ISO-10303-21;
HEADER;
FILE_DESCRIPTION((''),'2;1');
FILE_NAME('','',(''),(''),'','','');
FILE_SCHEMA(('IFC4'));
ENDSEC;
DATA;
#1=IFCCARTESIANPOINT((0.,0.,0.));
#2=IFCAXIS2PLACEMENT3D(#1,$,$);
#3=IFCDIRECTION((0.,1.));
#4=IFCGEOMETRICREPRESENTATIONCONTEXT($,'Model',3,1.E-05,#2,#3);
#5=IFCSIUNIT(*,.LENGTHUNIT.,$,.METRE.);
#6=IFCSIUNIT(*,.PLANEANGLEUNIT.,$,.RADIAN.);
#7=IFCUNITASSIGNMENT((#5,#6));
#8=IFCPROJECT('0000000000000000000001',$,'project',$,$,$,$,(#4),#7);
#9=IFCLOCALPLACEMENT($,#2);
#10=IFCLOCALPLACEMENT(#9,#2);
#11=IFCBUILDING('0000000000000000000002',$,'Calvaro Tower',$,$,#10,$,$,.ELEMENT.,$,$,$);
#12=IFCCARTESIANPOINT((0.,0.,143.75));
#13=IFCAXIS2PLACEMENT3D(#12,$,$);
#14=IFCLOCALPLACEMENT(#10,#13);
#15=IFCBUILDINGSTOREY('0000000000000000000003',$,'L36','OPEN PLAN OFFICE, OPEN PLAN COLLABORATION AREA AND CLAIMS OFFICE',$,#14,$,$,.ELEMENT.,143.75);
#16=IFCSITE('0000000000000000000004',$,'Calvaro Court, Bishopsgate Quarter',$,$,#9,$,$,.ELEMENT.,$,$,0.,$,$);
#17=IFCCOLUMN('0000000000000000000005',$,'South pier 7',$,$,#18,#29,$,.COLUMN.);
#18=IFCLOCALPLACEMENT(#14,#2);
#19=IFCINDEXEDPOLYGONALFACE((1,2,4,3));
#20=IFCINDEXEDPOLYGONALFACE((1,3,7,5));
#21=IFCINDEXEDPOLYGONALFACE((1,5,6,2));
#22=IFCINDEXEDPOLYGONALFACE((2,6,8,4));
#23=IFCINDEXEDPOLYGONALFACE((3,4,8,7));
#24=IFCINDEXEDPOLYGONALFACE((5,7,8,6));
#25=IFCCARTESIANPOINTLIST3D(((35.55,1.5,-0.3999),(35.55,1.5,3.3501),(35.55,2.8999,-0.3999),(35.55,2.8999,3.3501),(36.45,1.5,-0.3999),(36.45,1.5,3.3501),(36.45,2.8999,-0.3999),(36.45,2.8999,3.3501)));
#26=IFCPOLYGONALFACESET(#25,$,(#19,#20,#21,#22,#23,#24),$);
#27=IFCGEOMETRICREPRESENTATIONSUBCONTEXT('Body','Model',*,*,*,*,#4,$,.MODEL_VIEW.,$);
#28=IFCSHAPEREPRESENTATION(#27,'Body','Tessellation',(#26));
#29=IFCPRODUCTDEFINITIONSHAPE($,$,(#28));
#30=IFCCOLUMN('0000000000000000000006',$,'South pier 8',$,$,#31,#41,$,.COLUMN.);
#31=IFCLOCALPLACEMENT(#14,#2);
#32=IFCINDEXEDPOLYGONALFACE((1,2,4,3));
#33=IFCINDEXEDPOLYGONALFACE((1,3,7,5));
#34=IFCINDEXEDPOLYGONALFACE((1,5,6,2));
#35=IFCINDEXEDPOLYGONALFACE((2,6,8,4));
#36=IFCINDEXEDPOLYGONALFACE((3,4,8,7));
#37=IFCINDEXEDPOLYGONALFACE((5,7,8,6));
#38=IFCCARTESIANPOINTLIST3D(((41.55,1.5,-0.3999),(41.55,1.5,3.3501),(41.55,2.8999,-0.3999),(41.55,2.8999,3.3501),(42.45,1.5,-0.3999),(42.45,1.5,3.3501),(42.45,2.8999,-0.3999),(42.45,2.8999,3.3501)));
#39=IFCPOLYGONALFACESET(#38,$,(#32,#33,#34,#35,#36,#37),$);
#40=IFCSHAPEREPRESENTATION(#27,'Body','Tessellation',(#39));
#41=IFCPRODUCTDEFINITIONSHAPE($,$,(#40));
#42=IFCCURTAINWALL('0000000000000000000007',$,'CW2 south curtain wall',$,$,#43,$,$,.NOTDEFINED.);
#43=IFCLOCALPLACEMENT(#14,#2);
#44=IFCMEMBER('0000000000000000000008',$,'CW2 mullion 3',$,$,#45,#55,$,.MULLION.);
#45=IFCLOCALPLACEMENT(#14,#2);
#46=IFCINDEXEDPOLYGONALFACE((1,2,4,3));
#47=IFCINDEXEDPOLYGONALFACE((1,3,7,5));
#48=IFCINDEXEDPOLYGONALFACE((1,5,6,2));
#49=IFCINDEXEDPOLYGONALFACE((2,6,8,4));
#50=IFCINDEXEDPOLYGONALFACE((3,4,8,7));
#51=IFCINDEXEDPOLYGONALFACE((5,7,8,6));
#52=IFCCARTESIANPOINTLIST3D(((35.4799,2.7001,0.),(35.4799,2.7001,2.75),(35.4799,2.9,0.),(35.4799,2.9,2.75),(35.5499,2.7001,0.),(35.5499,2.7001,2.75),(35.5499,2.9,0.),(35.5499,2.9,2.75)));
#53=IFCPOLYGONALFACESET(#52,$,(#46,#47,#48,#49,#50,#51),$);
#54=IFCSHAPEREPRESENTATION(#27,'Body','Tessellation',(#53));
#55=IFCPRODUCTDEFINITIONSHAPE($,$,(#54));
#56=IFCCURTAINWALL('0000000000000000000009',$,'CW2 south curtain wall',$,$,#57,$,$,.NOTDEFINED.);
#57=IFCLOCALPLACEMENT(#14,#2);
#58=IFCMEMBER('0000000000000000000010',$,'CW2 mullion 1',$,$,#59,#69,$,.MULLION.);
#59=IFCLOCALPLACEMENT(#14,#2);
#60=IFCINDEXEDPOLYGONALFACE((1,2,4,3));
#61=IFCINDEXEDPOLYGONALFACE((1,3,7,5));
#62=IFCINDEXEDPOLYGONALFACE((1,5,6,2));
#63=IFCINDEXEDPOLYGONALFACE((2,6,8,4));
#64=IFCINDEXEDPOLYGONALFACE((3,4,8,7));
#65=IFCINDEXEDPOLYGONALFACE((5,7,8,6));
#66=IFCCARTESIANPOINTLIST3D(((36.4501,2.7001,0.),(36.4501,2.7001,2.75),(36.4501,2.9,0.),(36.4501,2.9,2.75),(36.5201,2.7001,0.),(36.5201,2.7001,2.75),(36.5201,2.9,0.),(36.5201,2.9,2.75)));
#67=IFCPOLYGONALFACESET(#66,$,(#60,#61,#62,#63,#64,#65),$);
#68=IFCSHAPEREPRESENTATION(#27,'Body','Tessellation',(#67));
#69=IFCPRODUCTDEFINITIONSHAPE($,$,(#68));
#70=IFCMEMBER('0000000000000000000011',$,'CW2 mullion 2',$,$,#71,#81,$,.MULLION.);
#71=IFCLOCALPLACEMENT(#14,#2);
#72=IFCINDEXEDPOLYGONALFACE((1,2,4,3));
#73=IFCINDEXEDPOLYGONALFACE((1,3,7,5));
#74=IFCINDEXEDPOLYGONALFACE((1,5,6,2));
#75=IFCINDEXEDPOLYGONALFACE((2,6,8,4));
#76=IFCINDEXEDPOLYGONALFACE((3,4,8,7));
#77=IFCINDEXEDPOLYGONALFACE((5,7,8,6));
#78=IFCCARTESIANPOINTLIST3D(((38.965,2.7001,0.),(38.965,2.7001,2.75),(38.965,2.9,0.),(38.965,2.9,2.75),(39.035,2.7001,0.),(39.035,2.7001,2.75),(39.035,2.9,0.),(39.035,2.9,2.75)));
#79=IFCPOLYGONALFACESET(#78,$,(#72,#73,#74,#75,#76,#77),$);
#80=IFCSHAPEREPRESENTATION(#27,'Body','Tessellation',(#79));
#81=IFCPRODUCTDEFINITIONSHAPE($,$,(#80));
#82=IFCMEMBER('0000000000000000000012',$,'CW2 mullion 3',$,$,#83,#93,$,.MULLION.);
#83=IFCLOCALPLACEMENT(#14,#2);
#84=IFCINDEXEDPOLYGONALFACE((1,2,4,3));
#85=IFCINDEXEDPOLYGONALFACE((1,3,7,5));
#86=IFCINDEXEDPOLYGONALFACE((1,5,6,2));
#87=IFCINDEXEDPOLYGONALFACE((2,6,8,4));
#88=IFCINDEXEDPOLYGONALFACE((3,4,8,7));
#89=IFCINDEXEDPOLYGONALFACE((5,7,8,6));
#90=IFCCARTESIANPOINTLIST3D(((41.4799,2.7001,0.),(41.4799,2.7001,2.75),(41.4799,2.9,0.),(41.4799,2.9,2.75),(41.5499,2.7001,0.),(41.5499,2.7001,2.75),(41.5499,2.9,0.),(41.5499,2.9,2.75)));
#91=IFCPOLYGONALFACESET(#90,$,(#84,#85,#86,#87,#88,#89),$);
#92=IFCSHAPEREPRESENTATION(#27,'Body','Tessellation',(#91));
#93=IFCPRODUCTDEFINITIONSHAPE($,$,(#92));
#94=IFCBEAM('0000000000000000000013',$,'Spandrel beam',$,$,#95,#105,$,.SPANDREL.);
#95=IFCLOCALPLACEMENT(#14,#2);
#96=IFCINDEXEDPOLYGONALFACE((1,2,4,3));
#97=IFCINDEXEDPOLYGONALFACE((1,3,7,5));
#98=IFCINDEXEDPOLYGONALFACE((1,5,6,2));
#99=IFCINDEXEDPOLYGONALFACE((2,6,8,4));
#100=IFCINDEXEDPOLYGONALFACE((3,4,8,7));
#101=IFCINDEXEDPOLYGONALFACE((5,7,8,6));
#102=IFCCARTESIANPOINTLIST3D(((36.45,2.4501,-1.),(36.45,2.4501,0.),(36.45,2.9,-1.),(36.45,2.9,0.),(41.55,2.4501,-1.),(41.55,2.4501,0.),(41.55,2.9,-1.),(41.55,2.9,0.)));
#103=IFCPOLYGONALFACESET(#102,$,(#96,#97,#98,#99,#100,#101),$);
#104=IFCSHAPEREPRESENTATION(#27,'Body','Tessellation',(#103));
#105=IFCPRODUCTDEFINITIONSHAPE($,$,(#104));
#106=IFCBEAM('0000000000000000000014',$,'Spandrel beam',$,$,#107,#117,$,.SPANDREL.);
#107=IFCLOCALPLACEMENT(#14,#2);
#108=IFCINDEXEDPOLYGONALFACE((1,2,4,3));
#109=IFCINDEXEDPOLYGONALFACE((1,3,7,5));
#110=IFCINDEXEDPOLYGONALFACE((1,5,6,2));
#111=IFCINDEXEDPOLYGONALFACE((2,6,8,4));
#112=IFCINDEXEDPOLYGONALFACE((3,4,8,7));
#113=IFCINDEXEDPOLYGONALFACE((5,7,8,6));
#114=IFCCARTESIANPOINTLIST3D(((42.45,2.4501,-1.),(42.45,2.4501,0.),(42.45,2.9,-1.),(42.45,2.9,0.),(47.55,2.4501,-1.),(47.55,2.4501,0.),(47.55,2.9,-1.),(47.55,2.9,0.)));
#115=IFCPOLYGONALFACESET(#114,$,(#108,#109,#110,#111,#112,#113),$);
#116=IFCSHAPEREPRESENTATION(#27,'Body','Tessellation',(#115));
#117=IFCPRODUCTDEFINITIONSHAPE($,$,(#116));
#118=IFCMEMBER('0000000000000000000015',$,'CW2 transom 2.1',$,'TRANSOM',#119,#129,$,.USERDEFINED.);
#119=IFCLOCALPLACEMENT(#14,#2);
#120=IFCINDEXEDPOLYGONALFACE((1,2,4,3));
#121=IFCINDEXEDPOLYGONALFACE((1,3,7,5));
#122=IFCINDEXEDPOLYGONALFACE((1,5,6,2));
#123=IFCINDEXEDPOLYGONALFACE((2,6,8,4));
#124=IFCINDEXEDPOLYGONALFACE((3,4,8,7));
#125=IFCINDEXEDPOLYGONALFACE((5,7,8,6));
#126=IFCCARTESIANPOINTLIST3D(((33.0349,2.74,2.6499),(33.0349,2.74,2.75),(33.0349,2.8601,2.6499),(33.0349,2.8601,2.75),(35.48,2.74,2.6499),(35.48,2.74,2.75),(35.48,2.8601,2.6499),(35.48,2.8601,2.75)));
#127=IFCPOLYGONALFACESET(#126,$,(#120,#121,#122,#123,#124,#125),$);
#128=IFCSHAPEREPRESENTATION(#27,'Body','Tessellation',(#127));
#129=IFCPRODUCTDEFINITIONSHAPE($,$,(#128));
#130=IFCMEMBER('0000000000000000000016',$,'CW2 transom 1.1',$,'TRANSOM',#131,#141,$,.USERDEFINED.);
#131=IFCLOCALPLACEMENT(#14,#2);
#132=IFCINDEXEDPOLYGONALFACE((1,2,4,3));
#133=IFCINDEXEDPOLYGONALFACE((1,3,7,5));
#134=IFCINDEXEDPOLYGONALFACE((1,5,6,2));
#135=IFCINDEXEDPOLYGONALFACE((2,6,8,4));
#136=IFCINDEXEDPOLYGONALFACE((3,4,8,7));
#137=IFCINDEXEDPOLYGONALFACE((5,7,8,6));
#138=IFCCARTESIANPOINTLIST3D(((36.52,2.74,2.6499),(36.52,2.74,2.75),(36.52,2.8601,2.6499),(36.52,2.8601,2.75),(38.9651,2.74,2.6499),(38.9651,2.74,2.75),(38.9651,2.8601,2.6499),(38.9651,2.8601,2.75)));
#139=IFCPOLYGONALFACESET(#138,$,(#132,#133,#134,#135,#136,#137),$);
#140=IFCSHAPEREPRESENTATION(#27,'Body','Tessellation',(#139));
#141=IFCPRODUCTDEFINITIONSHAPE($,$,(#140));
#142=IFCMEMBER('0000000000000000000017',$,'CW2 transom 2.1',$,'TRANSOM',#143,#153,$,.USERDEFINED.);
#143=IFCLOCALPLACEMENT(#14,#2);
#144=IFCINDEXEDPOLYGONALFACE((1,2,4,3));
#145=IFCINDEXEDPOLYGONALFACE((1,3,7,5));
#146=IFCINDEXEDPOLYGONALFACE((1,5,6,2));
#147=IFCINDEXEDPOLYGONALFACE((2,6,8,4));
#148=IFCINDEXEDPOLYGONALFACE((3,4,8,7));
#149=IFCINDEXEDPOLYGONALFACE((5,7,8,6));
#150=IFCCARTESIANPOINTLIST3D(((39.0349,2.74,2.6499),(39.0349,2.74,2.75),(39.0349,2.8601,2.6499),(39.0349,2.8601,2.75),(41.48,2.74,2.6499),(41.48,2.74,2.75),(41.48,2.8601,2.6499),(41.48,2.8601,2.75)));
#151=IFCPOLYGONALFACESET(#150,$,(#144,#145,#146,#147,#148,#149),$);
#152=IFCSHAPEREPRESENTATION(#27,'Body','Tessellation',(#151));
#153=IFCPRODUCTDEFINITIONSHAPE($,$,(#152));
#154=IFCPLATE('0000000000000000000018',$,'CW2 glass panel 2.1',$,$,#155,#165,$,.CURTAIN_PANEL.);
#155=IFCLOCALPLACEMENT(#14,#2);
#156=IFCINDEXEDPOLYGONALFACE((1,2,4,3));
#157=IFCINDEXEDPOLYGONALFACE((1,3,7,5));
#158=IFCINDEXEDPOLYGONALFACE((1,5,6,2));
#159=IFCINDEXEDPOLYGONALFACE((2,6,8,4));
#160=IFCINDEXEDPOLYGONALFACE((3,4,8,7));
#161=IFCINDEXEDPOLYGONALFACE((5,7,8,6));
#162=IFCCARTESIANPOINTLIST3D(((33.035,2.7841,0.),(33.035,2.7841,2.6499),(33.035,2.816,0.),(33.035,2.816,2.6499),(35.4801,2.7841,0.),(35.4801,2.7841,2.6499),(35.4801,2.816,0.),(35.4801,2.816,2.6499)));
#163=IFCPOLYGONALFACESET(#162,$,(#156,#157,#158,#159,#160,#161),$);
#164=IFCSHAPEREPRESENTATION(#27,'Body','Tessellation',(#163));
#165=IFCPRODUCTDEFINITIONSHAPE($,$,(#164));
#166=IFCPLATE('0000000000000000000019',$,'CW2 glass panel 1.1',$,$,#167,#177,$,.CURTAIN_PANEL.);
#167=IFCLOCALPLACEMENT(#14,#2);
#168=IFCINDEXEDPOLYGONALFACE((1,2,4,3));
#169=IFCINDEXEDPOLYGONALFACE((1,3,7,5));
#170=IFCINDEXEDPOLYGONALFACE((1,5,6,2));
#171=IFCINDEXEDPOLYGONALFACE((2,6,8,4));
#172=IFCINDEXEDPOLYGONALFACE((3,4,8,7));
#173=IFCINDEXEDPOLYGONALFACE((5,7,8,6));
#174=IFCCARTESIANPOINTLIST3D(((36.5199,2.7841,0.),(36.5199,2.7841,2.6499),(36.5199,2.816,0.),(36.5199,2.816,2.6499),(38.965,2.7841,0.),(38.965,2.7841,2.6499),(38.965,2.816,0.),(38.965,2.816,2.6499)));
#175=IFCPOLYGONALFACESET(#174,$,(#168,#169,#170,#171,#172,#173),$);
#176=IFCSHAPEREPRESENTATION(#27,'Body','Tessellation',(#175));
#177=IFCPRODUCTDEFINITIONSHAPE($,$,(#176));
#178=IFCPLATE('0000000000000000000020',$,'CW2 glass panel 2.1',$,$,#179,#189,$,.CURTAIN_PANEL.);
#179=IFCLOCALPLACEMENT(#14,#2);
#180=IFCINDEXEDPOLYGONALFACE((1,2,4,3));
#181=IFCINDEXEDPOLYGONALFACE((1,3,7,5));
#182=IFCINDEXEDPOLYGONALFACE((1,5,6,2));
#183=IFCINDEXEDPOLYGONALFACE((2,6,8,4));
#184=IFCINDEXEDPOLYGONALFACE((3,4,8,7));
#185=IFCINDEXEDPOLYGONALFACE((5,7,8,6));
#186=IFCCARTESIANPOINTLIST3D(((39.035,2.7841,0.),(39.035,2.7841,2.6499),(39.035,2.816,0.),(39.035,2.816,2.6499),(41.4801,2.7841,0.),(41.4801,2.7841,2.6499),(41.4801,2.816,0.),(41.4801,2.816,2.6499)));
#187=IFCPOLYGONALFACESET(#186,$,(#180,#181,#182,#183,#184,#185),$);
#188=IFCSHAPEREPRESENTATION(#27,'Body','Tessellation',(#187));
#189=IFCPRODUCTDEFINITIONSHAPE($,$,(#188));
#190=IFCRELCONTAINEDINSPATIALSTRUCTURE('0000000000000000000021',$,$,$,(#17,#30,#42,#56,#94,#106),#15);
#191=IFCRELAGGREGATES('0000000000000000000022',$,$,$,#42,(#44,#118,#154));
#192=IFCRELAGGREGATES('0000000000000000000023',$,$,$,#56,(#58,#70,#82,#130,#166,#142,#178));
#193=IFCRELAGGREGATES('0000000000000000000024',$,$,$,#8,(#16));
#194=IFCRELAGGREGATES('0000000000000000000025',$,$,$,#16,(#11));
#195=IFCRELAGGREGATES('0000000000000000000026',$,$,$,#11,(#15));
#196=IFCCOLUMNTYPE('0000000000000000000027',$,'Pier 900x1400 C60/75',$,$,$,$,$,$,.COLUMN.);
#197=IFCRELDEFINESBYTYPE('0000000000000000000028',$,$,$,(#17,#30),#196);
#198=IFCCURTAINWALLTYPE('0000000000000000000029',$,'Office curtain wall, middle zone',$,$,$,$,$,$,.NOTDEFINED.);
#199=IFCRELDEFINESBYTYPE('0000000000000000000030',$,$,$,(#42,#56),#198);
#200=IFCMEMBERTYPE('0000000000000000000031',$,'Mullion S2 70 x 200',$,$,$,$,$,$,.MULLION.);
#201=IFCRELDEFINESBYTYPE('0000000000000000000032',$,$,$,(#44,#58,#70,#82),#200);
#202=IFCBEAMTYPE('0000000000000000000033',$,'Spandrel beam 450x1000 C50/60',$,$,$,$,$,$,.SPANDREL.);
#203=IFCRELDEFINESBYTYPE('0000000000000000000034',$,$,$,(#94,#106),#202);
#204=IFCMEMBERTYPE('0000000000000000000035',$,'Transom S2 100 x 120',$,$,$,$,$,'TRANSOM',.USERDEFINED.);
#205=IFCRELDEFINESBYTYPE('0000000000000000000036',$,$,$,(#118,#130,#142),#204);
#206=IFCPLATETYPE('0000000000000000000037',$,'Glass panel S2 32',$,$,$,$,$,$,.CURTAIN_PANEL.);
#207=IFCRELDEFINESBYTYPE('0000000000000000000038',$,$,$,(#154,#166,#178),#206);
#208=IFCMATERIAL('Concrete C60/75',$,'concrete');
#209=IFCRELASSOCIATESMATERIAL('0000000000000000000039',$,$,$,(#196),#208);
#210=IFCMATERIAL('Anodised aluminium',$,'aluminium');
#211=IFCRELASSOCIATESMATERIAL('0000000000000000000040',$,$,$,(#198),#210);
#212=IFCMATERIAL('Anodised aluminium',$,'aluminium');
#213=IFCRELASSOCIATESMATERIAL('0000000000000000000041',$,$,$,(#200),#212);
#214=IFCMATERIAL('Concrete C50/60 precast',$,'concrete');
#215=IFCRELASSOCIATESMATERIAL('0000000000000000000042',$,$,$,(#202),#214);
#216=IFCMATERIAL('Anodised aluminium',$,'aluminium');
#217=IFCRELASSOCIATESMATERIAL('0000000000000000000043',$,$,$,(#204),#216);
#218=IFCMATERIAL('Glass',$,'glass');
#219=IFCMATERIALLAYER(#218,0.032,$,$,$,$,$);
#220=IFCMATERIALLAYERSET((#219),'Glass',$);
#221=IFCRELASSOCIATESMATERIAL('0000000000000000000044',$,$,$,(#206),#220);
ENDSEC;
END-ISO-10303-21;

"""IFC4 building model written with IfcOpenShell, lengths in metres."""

from ifc_helpers import new_model, si_unit, direction, frame, origin, origin_2d, place, context, subcontext, project, spatial, rectangle, extrude, material, layer, layer_set, material_profile, profile_set, type_object, element, aggregate, save


model = new_model("IFC4")

# Units and contexts
model_context = context("Model", 3, precision=1e-05, world=origin(), true_north=direction((0.0, 1.0)))
body_context = subcontext(model_context, "Body", "Model", "MODEL_VIEW")
ifc_project = project(units=[si_unit("LENGTHUNIT", "METRE"), si_unit("PLANEANGLEUNIT", "RADIAN")], contexts=[model_context])

# Site, building, storey
site_placement = place(None, origin())
site = spatial("IfcSite", under=ifc_project, at=site_placement, Name="Calvaro Court, Bishopsgate Quarter", CompositionType="ELEMENT", RefElevation=0.0)
building_placement = place(site_placement, origin())
building = spatial("IfcBuilding", under=site, at=building_placement, Name="Calvaro Tower", CompositionType="ELEMENT")
storey_placement = place(building_placement, frame((0.0, 0.0, 143.75)))
storey = spatial("IfcBuildingStorey", under=building, at=storey_placement, Name="L36", Description="OPEN PLAN OFFICE, OPEN PLAN COLLABORATION AREA AND CLAIMS OFFICE", CompositionType="ELEMENT", Elevation=143.75)

# Columns
ifc_material_1 = material(Name="Concrete C60/75", Category="concrete")
ifc_material_profile_1 = material_profile(ifc_material_1, rectangle(XDim=0.8999, YDim=1.3999, at=origin_2d()), Name="RC 900x1400")
ifc_profile_set_1 = profile_set([ifc_material_profile_1], Name="Concrete C60/75")
column_type = type_object("IfcColumnType", Name="Pier 900x1400 C60/75", PredefinedType="COLUMN", material=ifc_profile_set_1)
for number, where, z_axis, x_axis, name in (
    (1, (36.0, 2.2, -0.3999), (0.0, 0.0, 1.0), (1.0, 0.0, 0.0), "South pier 7"),
    (2, (42.0, 2.2, -0.3999), (0.0, 0.0, 1.0), (1.0, 0.0, 0.0), "South pier 8"),
):
    element("IfcColumn", number, at=place(storey_placement, frame(where, z_axis=z_axis, x_axis=x_axis)), inside=storey, type_object=column_type, Name=name, PredefinedType="COLUMN", context=body_context, shape_type="SweptSolid", body=[
        extrude(rectangle(XDim=0.8999, YDim=1.3999, at=origin_2d()), origin(), (0.0, 0.0, 1.0), 3.75),
    ])

# Curtain wall, member
ifc_material_2 = material(Name="Anodised aluminium", Category="aluminium")
curtain_wall_type = type_object("IfcCurtainWallType", Name="Office curtain wall, middle zone", PredefinedType="NOTDEFINED", material=ifc_material_2)
curtain_wall_1_placement = place(storey_placement, origin())
curtain_wall_1 = element("IfcCurtainWall", 3, at=curtain_wall_1_placement, inside=storey, type_object=curtain_wall_type, Name="CW2 south curtain wall", PredefinedType="NOTDEFINED")
ifc_material_3 = material(Name="Anodised aluminium", Category="aluminium")
ifc_material_profile_2 = material_profile(ifc_material_3, rectangle(XDim=0.2, YDim=0.0701, at=origin_2d()), Name="Mullion S2 70 x 200")
ifc_profile_set_2 = profile_set([ifc_material_profile_2], Name="Anodised aluminium")
member_type_1 = type_object("IfcMemberType", Name="Mullion S2 70 x 200", PredefinedType="MULLION", material=ifc_profile_set_2)
member_1_placement = place(storey_placement, frame((35.5149, 2.8, 0.0), z_axis=(0.0, 0.0, 1.0), x_axis=(0.0, 1.0, 0.0)))
member_1 = element("IfcMember", 4, at=member_1_placement, type_object=member_type_1, Name="CW2 mullion 3", PredefinedType="MULLION", context=body_context, shape_type="SweptSolid", body=[
    extrude(rectangle(XDim=0.2, YDim=0.0701, at=origin_2d()), origin(), (0.0, 0.0, 1.0), 2.75),
])

# Curtain wall, members
curtain_wall_2_placement = place(storey_placement, origin())
curtain_wall_2 = element("IfcCurtainWall", 5, at=curtain_wall_2_placement, inside=storey, type_object=curtain_wall_type, Name="CW2 south curtain wall", PredefinedType="NOTDEFINED")
member_2_placement = place(storey_placement, frame((36.4851, 2.8, 0.0), z_axis=(0.0, 0.0, 1.0), x_axis=(0.0, 1.0, 0.0)))
member_2 = element("IfcMember", 6, at=member_2_placement, type_object=member_type_1, Name="CW2 mullion 1", PredefinedType="MULLION", context=body_context, shape_type="SweptSolid", body=[
    extrude(rectangle(XDim=0.2, YDim=0.0701, at=origin_2d()), origin(), (0.0, 0.0, 1.0), 2.75),
])
member_3_placement = place(storey_placement, frame((39.0, 2.8, 0.0), z_axis=(0.0, 0.0, 1.0), x_axis=(0.0, 1.0, 0.0)))
member_3 = element("IfcMember", 7, at=member_3_placement, type_object=member_type_1, Name="CW2 mullion 2", PredefinedType="MULLION", context=body_context, shape_type="SweptSolid", body=[
    extrude(rectangle(XDim=0.2, YDim=0.0701, at=origin_2d()), origin(), (0.0, 0.0, 1.0), 2.75),
])
member_4_placement = place(storey_placement, frame((41.5149, 2.8, 0.0), z_axis=(0.0, 0.0, 1.0), x_axis=(0.0, 1.0, 0.0)))
member_4 = element("IfcMember", 8, at=member_4_placement, type_object=member_type_1, Name="CW2 mullion 3", PredefinedType="MULLION", context=body_context, shape_type="SweptSolid", body=[
    extrude(rectangle(XDim=0.2, YDim=0.0701, at=origin_2d()), origin(), (0.0, 0.0, 1.0), 2.75),
])

# Beams
ifc_material_4 = material(Name="Concrete C50/60 precast", Category="concrete")
ifc_material_profile_3 = material_profile(ifc_material_4, rectangle(XDim=0.45, YDim=1.0, at=origin_2d()), Name="RC 450x1000")
ifc_profile_set_3 = profile_set([ifc_material_profile_3], Name="Concrete C50/60 precast")
beam_type = type_object("IfcBeamType", Name="Spandrel beam 450x1000 C50/60", PredefinedType="SPANDREL", material=ifc_profile_set_3)
for number, where, z_axis, x_axis, name in (
    (9, (36.45, 2.675, -0.5), (1.0, 0.0, 0.0), (0.0, 1.0, 0.0), "Spandrel beam"),
    (10, (42.45, 2.675, -0.5), (1.0, 0.0, 0.0), (0.0, 1.0, 0.0), "Spandrel beam"),
):
    element("IfcBeam", number, at=place(storey_placement, frame(where, z_axis=z_axis, x_axis=x_axis)), inside=storey, type_object=beam_type, Name=name, PredefinedType="SPANDREL", context=body_context, shape_type="SweptSolid", body=[
        extrude(rectangle(XDim=0.45, YDim=1.0, at=origin_2d()), origin(), (0.0, 0.0, 1.0), 5.1001),
    ])

# Members
ifc_material_5 = material(Name="Anodised aluminium", Category="aluminium")
ifc_material_profile_4 = material_profile(ifc_material_5, rectangle(XDim=0.1201, YDim=0.1001, at=origin_2d()), Name="Transom S2 100 x 120")
ifc_profile_set_4 = profile_set([ifc_material_profile_4], Name="Anodised aluminium")
member_type_2 = type_object("IfcMemberType", Name="Transom S2 100 x 120", ElementType="TRANSOM", PredefinedType="USERDEFINED", material=ifc_profile_set_4)
member_5_placement = place(storey_placement, frame((33.0349, 2.8, 2.7), z_axis=(1.0, 0.0, 0.0), x_axis=(0.0, 1.0, 0.0)))
member_5 = element("IfcMember", 11, at=member_5_placement, type_object=member_type_2, Name="CW2 transom 2.1", ObjectType="TRANSOM", PredefinedType="USERDEFINED", context=body_context, shape_type="SweptSolid", body=[
    extrude(rectangle(XDim=0.1201, YDim=0.1001, at=origin_2d()), origin(), (0.0, 0.0, 1.0), 2.4451),
])
member_6_placement = place(storey_placement, frame((36.52, 2.8, 2.7), z_axis=(1.0, 0.0, 0.0), x_axis=(0.0, 1.0, 0.0)))
member_6 = element("IfcMember", 12, at=member_6_placement, type_object=member_type_2, Name="CW2 transom 1.1", ObjectType="TRANSOM", PredefinedType="USERDEFINED", context=body_context, shape_type="SweptSolid", body=[
    extrude(rectangle(XDim=0.1201, YDim=0.1001, at=origin_2d()), origin(), (0.0, 0.0, 1.0), 2.4451),
])
member_7_placement = place(storey_placement, frame((39.0349, 2.8, 2.7), z_axis=(1.0, 0.0, 0.0), x_axis=(0.0, 1.0, 0.0)))
member_7 = element("IfcMember", 13, at=member_7_placement, type_object=member_type_2, Name="CW2 transom 2.1", ObjectType="TRANSOM", PredefinedType="USERDEFINED", context=body_context, shape_type="SweptSolid", body=[
    extrude(rectangle(XDim=0.1201, YDim=0.1001, at=origin_2d()), origin(), (0.0, 0.0, 1.0), 2.4451),
])

# Plates
ifc_material_6 = material(Name="Glass", Category="glass")
ifc_layer = layer(ifc_material_6, 0.032)
ifc_layer_set = layer_set([ifc_layer], Name="Glass")
plate_type = type_object("IfcPlateType", Name="Glass panel S2 32", PredefinedType="CURTAIN_PANEL", material=ifc_layer_set)
plate_1_placement = place(storey_placement, frame((34.2576, 2.8, 0.0), z_axis=(0.0, 0.0, 1.0), x_axis=(1.0, 0.0, 0.0)))
plate_1 = element("IfcPlate", 14, at=plate_1_placement, type_object=plate_type, Name="CW2 glass panel 2.1", PredefinedType="CURTAIN_PANEL", context=body_context, shape_type="SweptSolid", body=[
    extrude(rectangle(XDim=2.4451, YDim=0.032, at=origin_2d()), origin(), (0.0, 0.0, 1.0), 2.6499),
])
aggregate(curtain_wall_1, [member_1, member_5, plate_1])
plate_2_placement = place(storey_placement, frame((37.7424, 2.8, 0.0), z_axis=(0.0, 0.0, 1.0), x_axis=(1.0, 0.0, 0.0)))
plate_2 = element("IfcPlate", 15, at=plate_2_placement, type_object=plate_type, Name="CW2 glass panel 1.1", PredefinedType="CURTAIN_PANEL", context=body_context, shape_type="SweptSolid", body=[
    extrude(rectangle(XDim=2.4451, YDim=0.032, at=origin_2d()), origin(), (0.0, 0.0, 1.0), 2.6499),
])
plate_3_placement = place(storey_placement, frame((40.2576, 2.8, 0.0), z_axis=(0.0, 0.0, 1.0), x_axis=(1.0, 0.0, 0.0)))
plate_3 = element("IfcPlate", 16, at=plate_3_placement, type_object=plate_type, Name="CW2 glass panel 2.1", PredefinedType="CURTAIN_PANEL", context=body_context, shape_type="SweptSolid", body=[
    extrude(rectangle(XDim=2.4451, YDim=0.032, at=origin_2d()), origin(), (0.0, 0.0, 1.0), 2.6499),
])
aggregate(curtain_wall_2, [member_2, member_3, member_4, member_6, plate_2, member_7, plate_3])

save(model, "model.ifc")
